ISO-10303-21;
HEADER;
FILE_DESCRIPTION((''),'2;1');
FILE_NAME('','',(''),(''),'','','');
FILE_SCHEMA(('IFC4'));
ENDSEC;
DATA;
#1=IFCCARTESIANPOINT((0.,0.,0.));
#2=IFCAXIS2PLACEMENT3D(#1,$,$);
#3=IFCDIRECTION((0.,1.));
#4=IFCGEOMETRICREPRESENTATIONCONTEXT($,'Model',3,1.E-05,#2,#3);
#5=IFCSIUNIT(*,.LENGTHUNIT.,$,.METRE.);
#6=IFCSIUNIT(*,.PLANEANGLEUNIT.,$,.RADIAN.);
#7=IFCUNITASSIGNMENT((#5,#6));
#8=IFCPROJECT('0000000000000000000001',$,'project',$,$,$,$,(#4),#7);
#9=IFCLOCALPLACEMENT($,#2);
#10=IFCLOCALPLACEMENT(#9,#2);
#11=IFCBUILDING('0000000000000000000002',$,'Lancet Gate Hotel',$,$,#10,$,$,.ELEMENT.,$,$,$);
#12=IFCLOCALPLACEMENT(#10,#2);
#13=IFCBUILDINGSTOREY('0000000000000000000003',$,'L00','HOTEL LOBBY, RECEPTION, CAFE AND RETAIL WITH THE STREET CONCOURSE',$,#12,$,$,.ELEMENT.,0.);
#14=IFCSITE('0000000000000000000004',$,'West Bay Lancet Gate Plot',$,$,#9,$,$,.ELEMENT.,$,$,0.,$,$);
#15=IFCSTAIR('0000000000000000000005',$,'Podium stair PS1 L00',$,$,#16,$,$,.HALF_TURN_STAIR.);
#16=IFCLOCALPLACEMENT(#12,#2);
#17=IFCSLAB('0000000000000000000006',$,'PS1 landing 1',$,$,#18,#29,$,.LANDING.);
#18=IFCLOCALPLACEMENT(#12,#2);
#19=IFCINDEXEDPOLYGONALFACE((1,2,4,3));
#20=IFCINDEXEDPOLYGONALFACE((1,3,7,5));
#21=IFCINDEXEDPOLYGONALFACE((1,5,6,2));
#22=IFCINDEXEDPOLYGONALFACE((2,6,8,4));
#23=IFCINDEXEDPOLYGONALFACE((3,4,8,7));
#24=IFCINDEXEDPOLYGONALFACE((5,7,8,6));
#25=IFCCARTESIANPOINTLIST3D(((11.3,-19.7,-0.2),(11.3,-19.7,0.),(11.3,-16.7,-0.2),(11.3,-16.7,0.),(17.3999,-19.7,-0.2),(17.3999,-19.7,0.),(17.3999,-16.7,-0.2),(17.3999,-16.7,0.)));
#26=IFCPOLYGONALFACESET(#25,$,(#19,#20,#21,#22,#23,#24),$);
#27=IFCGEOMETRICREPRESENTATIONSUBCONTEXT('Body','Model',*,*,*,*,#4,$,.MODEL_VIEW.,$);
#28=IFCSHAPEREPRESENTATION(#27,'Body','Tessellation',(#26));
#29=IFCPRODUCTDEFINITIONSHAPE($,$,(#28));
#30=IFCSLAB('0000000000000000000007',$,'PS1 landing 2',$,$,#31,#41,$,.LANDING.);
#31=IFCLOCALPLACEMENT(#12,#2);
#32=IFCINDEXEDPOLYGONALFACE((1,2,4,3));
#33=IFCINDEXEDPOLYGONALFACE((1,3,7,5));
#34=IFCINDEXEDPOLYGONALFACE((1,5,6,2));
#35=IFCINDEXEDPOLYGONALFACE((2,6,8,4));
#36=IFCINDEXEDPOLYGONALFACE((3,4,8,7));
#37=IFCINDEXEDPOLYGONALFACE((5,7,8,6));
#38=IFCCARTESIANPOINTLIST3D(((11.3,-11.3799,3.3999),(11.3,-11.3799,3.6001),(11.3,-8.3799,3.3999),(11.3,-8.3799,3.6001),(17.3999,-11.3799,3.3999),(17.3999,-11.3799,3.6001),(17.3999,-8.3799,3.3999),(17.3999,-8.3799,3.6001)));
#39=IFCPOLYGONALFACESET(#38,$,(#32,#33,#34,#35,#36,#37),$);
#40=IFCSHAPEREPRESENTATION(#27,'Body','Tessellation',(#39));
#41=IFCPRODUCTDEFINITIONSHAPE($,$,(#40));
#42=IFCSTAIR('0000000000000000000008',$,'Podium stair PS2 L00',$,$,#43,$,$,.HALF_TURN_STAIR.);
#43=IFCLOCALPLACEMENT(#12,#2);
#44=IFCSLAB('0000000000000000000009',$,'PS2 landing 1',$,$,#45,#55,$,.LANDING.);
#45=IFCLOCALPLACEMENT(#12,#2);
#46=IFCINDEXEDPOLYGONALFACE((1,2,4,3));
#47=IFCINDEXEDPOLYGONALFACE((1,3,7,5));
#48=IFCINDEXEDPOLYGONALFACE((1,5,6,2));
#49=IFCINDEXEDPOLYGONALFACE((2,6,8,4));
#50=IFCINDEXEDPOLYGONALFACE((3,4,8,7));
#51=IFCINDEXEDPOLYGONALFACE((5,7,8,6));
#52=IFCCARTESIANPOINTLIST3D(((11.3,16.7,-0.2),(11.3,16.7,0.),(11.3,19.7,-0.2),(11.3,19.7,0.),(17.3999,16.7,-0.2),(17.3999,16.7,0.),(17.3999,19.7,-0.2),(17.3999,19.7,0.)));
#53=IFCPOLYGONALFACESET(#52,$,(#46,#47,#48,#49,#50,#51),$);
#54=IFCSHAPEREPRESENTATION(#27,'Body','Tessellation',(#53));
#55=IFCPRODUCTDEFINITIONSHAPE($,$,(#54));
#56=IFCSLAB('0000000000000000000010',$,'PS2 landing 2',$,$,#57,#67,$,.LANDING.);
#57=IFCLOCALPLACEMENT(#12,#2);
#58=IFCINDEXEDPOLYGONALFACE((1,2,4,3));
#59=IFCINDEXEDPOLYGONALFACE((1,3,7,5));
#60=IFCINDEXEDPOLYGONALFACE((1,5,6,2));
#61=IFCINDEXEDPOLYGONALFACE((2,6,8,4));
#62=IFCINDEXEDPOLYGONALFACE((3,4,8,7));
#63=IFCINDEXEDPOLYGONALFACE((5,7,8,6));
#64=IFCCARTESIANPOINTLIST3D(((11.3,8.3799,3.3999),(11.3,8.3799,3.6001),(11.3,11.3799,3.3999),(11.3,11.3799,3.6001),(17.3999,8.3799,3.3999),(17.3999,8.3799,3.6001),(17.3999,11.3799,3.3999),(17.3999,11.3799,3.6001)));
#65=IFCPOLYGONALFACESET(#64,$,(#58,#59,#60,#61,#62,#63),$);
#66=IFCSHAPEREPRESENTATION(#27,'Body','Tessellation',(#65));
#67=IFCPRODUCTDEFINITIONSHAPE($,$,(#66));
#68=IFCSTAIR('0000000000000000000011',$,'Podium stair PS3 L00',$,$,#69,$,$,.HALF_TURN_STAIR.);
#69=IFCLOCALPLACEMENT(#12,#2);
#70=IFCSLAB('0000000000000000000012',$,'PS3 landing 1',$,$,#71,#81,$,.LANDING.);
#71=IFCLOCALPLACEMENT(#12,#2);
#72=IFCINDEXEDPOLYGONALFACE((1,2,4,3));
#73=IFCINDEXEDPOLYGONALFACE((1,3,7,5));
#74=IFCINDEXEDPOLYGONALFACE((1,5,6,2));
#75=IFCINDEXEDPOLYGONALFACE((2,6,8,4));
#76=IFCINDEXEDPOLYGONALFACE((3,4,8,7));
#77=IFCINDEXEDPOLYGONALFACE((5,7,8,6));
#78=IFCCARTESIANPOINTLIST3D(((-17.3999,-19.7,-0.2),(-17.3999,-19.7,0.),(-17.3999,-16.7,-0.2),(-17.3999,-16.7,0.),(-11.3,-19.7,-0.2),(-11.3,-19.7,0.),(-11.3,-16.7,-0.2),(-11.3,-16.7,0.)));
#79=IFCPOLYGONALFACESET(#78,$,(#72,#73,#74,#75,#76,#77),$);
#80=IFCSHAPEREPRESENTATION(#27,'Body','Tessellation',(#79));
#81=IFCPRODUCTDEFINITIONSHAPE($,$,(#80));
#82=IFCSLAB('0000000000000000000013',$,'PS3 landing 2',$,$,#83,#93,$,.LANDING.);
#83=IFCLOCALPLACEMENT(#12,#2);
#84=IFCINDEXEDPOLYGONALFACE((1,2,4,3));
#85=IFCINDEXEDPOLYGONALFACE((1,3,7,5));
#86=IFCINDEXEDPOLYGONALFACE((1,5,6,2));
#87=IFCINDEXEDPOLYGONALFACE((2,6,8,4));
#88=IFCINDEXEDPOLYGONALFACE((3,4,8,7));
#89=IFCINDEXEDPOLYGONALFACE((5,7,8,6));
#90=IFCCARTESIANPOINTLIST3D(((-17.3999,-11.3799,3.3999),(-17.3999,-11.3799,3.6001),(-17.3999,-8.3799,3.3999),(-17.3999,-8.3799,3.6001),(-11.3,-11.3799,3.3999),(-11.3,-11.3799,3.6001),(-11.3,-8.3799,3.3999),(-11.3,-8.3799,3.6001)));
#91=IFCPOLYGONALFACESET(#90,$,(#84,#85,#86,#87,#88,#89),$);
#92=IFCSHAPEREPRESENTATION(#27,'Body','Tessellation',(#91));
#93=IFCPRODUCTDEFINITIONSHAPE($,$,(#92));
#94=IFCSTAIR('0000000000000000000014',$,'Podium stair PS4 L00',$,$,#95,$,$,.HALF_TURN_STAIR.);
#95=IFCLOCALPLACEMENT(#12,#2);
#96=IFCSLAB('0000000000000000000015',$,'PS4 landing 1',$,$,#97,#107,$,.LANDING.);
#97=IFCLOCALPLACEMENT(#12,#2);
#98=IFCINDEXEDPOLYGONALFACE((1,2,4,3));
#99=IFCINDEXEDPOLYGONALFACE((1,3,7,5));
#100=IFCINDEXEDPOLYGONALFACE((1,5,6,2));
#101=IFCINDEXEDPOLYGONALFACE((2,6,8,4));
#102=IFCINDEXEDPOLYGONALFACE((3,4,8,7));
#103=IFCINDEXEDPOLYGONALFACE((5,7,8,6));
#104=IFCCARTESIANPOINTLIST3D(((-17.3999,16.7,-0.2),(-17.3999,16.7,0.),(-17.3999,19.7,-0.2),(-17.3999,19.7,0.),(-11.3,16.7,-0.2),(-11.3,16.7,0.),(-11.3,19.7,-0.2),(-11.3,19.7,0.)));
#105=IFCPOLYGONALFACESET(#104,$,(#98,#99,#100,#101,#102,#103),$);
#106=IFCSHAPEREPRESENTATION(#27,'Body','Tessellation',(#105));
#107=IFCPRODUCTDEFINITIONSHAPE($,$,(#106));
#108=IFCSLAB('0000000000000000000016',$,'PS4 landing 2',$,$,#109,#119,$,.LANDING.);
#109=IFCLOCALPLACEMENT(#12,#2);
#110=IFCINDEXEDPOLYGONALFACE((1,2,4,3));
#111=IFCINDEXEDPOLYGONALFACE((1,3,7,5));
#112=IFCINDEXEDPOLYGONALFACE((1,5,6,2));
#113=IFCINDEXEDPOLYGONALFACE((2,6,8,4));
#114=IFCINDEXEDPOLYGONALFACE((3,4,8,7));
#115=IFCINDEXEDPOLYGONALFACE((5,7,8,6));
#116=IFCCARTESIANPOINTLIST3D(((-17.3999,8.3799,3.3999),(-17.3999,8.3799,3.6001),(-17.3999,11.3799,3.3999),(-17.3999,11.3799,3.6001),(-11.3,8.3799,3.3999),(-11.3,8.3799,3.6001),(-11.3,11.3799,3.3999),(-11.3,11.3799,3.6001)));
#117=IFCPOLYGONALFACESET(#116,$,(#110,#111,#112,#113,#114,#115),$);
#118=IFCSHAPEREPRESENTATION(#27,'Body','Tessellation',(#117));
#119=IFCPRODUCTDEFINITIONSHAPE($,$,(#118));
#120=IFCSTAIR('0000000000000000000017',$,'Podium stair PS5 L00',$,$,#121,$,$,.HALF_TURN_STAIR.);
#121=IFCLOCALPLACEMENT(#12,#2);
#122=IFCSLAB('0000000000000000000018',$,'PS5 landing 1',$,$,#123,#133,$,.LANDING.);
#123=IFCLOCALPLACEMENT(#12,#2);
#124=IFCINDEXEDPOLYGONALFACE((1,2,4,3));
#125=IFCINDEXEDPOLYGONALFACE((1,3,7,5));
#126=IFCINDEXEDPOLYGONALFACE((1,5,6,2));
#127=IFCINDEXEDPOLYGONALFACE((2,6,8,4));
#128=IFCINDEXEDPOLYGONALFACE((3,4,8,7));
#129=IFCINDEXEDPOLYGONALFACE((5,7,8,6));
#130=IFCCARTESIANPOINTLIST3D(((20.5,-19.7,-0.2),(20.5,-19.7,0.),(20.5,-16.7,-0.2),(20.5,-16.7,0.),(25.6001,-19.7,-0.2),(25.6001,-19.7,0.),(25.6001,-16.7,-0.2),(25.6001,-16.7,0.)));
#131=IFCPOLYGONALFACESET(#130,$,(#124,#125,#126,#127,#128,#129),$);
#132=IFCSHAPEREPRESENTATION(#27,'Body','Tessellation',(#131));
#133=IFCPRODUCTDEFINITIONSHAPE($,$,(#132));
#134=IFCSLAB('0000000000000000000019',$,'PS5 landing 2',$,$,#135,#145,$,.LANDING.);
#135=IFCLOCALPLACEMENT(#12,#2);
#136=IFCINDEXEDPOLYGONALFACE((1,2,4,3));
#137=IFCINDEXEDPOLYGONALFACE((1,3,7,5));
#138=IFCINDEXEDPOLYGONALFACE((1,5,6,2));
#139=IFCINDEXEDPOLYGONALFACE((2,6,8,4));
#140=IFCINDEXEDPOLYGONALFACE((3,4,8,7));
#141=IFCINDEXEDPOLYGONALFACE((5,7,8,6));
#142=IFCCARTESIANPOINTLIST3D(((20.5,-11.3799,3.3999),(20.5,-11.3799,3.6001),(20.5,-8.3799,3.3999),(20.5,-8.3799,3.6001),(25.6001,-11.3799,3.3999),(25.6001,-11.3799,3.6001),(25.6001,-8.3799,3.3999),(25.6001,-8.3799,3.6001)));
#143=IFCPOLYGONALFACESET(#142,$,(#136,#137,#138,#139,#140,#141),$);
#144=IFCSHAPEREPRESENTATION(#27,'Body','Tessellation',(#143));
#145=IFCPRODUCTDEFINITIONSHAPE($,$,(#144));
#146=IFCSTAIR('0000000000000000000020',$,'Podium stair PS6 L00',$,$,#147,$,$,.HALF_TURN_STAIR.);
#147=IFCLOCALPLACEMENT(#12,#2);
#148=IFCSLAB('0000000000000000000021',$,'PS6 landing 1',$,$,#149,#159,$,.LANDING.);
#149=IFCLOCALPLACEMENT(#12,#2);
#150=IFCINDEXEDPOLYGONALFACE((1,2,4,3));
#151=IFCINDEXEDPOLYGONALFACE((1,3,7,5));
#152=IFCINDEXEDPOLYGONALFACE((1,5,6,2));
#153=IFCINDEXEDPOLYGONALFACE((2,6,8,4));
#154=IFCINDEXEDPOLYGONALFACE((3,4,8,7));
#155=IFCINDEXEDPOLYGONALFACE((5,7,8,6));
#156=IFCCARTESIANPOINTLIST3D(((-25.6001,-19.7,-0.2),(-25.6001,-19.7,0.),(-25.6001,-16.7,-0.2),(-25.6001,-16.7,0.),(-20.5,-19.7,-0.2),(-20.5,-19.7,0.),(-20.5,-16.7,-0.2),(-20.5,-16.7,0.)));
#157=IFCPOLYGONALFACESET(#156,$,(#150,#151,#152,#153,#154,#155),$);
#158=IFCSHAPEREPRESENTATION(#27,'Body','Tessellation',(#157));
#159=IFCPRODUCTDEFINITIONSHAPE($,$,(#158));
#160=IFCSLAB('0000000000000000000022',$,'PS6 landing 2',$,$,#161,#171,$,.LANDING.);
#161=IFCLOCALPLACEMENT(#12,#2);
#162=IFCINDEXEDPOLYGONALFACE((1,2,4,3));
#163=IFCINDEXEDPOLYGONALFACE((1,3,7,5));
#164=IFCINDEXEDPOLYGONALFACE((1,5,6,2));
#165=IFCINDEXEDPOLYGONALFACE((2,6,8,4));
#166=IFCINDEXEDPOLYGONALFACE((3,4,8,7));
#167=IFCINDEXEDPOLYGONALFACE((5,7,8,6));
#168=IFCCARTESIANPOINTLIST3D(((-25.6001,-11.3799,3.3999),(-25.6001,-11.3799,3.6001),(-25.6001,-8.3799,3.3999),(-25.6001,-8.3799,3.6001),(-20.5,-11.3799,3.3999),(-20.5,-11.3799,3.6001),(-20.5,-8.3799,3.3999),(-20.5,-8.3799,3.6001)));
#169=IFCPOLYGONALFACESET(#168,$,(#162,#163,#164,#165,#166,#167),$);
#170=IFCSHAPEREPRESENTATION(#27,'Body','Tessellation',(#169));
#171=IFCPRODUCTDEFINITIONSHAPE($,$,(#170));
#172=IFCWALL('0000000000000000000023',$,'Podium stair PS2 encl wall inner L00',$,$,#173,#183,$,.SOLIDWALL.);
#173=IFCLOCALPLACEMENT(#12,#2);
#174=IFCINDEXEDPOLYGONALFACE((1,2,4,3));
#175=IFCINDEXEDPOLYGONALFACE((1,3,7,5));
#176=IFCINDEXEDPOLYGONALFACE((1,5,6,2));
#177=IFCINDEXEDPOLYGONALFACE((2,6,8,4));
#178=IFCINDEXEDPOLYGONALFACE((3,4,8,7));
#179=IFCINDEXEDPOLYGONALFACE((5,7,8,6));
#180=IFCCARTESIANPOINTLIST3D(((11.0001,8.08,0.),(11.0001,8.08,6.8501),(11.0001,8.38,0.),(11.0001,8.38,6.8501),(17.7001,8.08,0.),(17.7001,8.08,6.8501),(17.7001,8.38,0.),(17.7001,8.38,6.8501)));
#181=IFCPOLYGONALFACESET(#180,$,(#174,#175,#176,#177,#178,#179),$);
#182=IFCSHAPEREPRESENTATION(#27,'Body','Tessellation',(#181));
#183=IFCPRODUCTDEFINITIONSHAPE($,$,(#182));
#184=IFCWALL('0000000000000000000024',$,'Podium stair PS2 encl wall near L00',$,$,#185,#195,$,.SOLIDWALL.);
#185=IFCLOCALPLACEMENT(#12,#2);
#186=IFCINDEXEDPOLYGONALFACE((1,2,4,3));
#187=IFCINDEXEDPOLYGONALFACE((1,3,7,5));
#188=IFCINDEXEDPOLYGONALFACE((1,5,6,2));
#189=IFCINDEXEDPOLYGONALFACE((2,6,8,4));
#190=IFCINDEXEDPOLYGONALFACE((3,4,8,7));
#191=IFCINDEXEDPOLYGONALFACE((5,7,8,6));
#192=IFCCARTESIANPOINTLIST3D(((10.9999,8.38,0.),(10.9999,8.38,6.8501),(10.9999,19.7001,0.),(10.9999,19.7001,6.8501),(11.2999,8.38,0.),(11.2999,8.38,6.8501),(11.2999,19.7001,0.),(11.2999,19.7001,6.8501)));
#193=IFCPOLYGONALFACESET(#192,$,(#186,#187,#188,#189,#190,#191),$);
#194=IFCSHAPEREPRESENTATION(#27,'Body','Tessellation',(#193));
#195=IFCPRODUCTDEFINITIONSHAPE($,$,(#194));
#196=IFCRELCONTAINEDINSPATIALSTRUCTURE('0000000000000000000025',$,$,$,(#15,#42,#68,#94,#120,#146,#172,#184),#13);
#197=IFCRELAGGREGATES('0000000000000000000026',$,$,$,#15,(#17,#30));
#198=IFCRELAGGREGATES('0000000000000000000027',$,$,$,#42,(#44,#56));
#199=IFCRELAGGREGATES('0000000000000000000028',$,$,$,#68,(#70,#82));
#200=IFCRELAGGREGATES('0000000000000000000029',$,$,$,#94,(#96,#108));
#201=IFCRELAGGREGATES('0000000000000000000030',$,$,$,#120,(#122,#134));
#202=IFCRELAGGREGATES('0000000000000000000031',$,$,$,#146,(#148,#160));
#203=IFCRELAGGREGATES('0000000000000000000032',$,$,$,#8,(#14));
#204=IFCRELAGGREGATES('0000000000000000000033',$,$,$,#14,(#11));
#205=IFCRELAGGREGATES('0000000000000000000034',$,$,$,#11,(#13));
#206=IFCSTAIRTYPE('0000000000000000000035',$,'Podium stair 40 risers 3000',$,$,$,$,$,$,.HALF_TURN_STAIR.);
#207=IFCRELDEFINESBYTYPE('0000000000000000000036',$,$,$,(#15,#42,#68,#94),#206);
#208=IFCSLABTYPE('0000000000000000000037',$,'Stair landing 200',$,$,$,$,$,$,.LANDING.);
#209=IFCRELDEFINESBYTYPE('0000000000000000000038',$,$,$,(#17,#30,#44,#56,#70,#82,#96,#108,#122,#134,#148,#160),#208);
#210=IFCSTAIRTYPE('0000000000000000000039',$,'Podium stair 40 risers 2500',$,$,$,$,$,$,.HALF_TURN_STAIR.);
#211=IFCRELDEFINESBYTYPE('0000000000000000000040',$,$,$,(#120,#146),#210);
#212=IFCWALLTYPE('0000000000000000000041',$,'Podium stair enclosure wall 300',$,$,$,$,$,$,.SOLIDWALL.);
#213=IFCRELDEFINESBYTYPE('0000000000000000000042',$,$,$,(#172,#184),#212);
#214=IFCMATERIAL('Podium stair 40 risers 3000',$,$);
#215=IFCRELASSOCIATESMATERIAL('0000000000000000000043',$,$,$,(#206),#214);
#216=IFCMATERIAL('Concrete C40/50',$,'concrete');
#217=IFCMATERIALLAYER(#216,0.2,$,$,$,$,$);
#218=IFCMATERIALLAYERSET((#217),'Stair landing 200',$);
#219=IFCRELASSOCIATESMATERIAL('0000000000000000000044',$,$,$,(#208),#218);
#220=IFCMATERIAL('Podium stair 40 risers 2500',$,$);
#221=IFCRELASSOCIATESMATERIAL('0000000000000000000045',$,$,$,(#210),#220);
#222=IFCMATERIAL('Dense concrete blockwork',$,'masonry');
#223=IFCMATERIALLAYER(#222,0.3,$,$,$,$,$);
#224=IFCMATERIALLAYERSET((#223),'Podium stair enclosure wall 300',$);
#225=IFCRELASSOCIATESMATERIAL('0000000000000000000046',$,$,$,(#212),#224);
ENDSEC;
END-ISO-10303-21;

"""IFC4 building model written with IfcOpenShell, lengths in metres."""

from ifc_helpers import new_model, si_unit, direction, frame, frame_2d, origin, place, context, subcontext, project, spatial, polyline, rectangle, outline, extrude, material, layer, layer_set, type_object, element, aggregate, save


model = new_model("IFC4")

# Units and contexts
model_context = context("Model", 3, precision=1e-05, world=origin(), true_north=direction((0.0, 1.0)))
body_context = subcontext(model_context, "Body", "Model", "MODEL_VIEW")
ifc_project = project(units=[si_unit("LENGTHUNIT", "METRE"), si_unit("PLANEANGLEUNIT", "RADIAN")], contexts=[model_context])

# Site, building, storey
site_placement = place(None, origin())
site = spatial("IfcSite", under=ifc_project, at=site_placement, Name="West Bay Lancet Gate Plot", CompositionType="ELEMENT", RefElevation=0.0)
building_placement = place(site_placement, origin())
building = spatial("IfcBuilding", under=site, at=building_placement, Name="Lancet Gate Hotel", CompositionType="ELEMENT")
storey_placement = place(building_placement, origin())
storey = spatial("IfcBuildingStorey", under=building, at=storey_placement, Name="L00", Description="HOTEL LOBBY, RECEPTION, CAFE AND RETAIL WITH THE STREET CONCOURSE", CompositionType="ELEMENT", Elevation=0.0)

# Stairs, slabs
ifc_material_1 = material(Name="Podium stair 40 risers 3000")
stair_type_1 = type_object("IfcStairType", Name="Podium stair 40 risers 3000", PredefinedType="HALF_TURN_STAIR", material=ifc_material_1)
stair_1_placement = place(storey_placement, origin())
stair_1 = element("IfcStair", 1, at=stair_1_placement, inside=storey, type_object=stair_type_1, Name="Podium stair PS1 L00", PredefinedType="HALF_TURN_STAIR")
ifc_material_2 = material(Name="Concrete C40/50", Category="concrete")
ifc_layer_1 = layer(ifc_material_2, 0.2)
ifc_layer_set_1 = layer_set([ifc_layer_1], Name="Stair landing 200")
slab_type_1 = type_object("IfcSlabType", Name="Stair landing 200", PredefinedType="LANDING", material=ifc_layer_set_1)
slab_1_placement = place(storey_placement, frame((0.0, 0.0, -0.2)))
slab_1 = element("IfcSlab", 2, at=slab_1_placement, type_object=slab_type_1, Name="PS1 landing 1", PredefinedType="LANDING", context=body_context, shape_type="SweptSolid", body=[
    extrude(outline(polyline([(11.3, -19.7), (17.3999, -19.7), (17.3999, -16.7), (11.3, -16.7), (11.3, -19.7)])), origin(), (0.0, 0.0, 1.0), 0.2),
])
slab_2_placement = place(storey_placement, frame((0.0, 0.0, 3.3999)))
slab_2 = element("IfcSlab", 3, at=slab_2_placement, type_object=slab_type_1, Name="PS1 landing 2", PredefinedType="LANDING", context=body_context, shape_type="SweptSolid", body=[
    extrude(outline(polyline([(11.3, -11.3799), (17.3999, -11.3799), (17.3999, -8.3799), (11.3, -8.3799), (11.3, -11.3799)])), origin(), (0.0, 0.0, 1.0), 0.2002),
])
aggregate(stair_1, [slab_1, slab_2])
stair_2_placement = place(storey_placement, origin())
stair_2 = element("IfcStair", 4, at=stair_2_placement, inside=storey, type_object=stair_type_1, Name="Podium stair PS2 L00", PredefinedType="HALF_TURN_STAIR")
slab_3_placement = place(storey_placement, frame((0.0, 0.0, -0.2)))
slab_3 = element("IfcSlab", 5, at=slab_3_placement, type_object=slab_type_1, Name="PS2 landing 1", PredefinedType="LANDING", context=body_context, shape_type="SweptSolid", body=[
    extrude(outline(polyline([(11.3, 16.7), (17.3999, 16.7), (17.3999, 19.7), (11.3, 19.7), (11.3, 16.7)])), origin(), (0.0, 0.0, 1.0), 0.2),
])
slab_4_placement = place(storey_placement, frame((0.0, 0.0, 3.3999)))
slab_4 = element("IfcSlab", 6, at=slab_4_placement, type_object=slab_type_1, Name="PS2 landing 2", PredefinedType="LANDING", context=body_context, shape_type="SweptSolid", body=[
    extrude(outline(polyline([(11.3, 8.3799), (17.3999, 8.3799), (17.3999, 11.3799), (11.3, 11.3799), (11.3, 8.3799)])), origin(), (0.0, 0.0, 1.0), 0.2002),
])
aggregate(stair_2, [slab_3, slab_4])
stair_3_placement = place(storey_placement, origin())
stair_3 = element("IfcStair", 7, at=stair_3_placement, inside=storey, type_object=stair_type_1, Name="Podium stair PS3 L00", PredefinedType="HALF_TURN_STAIR")
slab_5_placement = place(storey_placement, frame((0.0, 0.0, -0.2)))
slab_5 = element("IfcSlab", 8, at=slab_5_placement, type_object=slab_type_1, Name="PS3 landing 1", PredefinedType="LANDING", context=body_context, shape_type="SweptSolid", body=[
    extrude(outline(polyline([(-17.3999, -19.7), (-11.3, -19.7), (-11.3, -16.7), (-17.3999, -16.7), (-17.3999, -19.7)])), origin(), (0.0, 0.0, 1.0), 0.2),
])
slab_6_placement = place(storey_placement, frame((0.0, 0.0, 3.3999)))
slab_6 = element("IfcSlab", 9, at=slab_6_placement, type_object=slab_type_1, Name="PS3 landing 2", PredefinedType="LANDING", context=body_context, shape_type="SweptSolid", body=[
    extrude(outline(polyline([(-17.3999, -11.3799), (-11.3, -11.3799), (-11.3, -8.3799), (-17.3999, -8.3799), (-17.3999, -11.3799)])), origin(), (0.0, 0.0, 1.0), 0.2002),
])
aggregate(stair_3, [slab_5, slab_6])
stair_4_placement = place(storey_placement, origin())
stair_4 = element("IfcStair", 10, at=stair_4_placement, inside=storey, type_object=stair_type_1, Name="Podium stair PS4 L00", PredefinedType="HALF_TURN_STAIR")
slab_7_placement = place(storey_placement, frame((0.0, 0.0, -0.2)))
slab_7 = element("IfcSlab", 11, at=slab_7_placement, type_object=slab_type_1, Name="PS4 landing 1", PredefinedType="LANDING", context=body_context, shape_type="SweptSolid", body=[
    extrude(outline(polyline([(-17.3999, 16.7), (-11.3, 16.7), (-11.3, 19.7), (-17.3999, 19.7), (-17.3999, 16.7)])), origin(), (0.0, 0.0, 1.0), 0.2),
])
slab_8_placement = place(storey_placement, frame((0.0, 0.0, 3.3999)))
slab_8 = element("IfcSlab", 12, at=slab_8_placement, type_object=slab_type_1, Name="PS4 landing 2", PredefinedType="LANDING", context=body_context, shape_type="SweptSolid", body=[
    extrude(outline(polyline([(-17.3999, 8.3799), (-11.3, 8.3799), (-11.3, 11.3799), (-17.3999, 11.3799), (-17.3999, 8.3799)])), origin(), (0.0, 0.0, 1.0), 0.2002),
])
aggregate(stair_4, [slab_7, slab_8])
ifc_material_3 = material(Name="Podium stair 40 risers 2500")
stair_type_2 = type_object("IfcStairType", Name="Podium stair 40 risers 2500", PredefinedType="HALF_TURN_STAIR", material=ifc_material_3)
stair_5_placement = place(storey_placement, origin())
stair_5 = element("IfcStair", 13, at=stair_5_placement, inside=storey, type_object=stair_type_2, Name="Podium stair PS5 L00", PredefinedType="HALF_TURN_STAIR")
slab_9_placement = place(storey_placement, frame((0.0, 0.0, -0.2)))
slab_9 = element("IfcSlab", 14, at=slab_9_placement, type_object=slab_type_1, Name="PS5 landing 1", PredefinedType="LANDING", context=body_context, shape_type="SweptSolid", body=[
    extrude(outline(polyline([(20.5, -19.7), (25.6001, -19.7), (25.6001, -16.7), (20.5, -16.7), (20.5, -19.7)])), origin(), (0.0, 0.0, 1.0), 0.2),
])
slab_10_placement = place(storey_placement, frame((0.0, 0.0, 3.3999)))
slab_10 = element("IfcSlab", 15, at=slab_10_placement, type_object=slab_type_1, Name="PS5 landing 2", PredefinedType="LANDING", context=body_context, shape_type="SweptSolid", body=[
    extrude(outline(polyline([(20.5, -11.3799), (25.6001, -11.3799), (25.6001, -8.3799), (20.5, -8.3799), (20.5, -11.3799)])), origin(), (0.0, 0.0, 1.0), 0.2002),
])
aggregate(stair_5, [slab_9, slab_10])
stair_6_placement = place(storey_placement, origin())
stair_6 = element("IfcStair", 16, at=stair_6_placement, inside=storey, type_object=stair_type_2, Name="Podium stair PS6 L00", PredefinedType="HALF_TURN_STAIR")
slab_11_placement = place(storey_placement, frame((0.0, 0.0, -0.2)))
slab_11 = element("IfcSlab", 17, at=slab_11_placement, type_object=slab_type_1, Name="PS6 landing 1", PredefinedType="LANDING", context=body_context, shape_type="SweptSolid", body=[
    extrude(outline(polyline([(-25.6001, -19.7), (-20.5, -19.7), (-20.5, -16.7), (-25.6001, -16.7), (-25.6001, -19.7)])), origin(), (0.0, 0.0, 1.0), 0.2),
])
slab_12_placement = place(storey_placement, frame((0.0, 0.0, 3.3999)))
slab_12 = element("IfcSlab", 18, at=slab_12_placement, type_object=slab_type_1, Name="PS6 landing 2", PredefinedType="LANDING", context=body_context, shape_type="SweptSolid", body=[
    extrude(outline(polyline([(-25.6001, -11.3799), (-20.5, -11.3799), (-20.5, -8.3799), (-25.6001, -8.3799), (-25.6001, -11.3799)])), origin(), (0.0, 0.0, 1.0), 0.2002),
])
aggregate(stair_6, [slab_11, slab_12])

# Walls
ifc_material_4 = material(Name="Dense concrete blockwork", Category="masonry")
ifc_layer_2 = layer(ifc_material_4, 0.3)
ifc_layer_set_2 = layer_set([ifc_layer_2], Name="Podium stair enclosure wall 300")
wall_type = type_object("IfcWallType", Name="Podium stair enclosure wall 300", PredefinedType="SOLIDWALL", material=ifc_layer_set_2)
wall_1_placement = place(storey_placement, frame((11.0, 8.23, 0.0), z_axis=(0.0, 0.0, 1.0), x_axis=(1.0, 0.0, 0.0)))
element("IfcWall", 19, at=wall_1_placement, inside=storey, type_object=wall_type, Name="Podium stair PS2 encl wall inner L00", PredefinedType="SOLIDWALL", context=body_context, shape_type="SweptSolid", body=[
    extrude(rectangle(XDim=6.7, YDim=0.3, at=frame_2d((3.3501, 0.0))), origin(), (0.0, 0.0, 1.0), 6.8501),
])
wall_2_placement = place(storey_placement, frame((11.1499, 8.3799, 0.0), z_axis=(0.0, 0.0, 1.0), x_axis=(0.0, 1.0, 0.0)))
element("IfcWall", 20, at=wall_2_placement, inside=storey, type_object=wall_type, Name="Podium stair PS2 encl wall near L00", PredefinedType="SOLIDWALL", context=body_context, shape_type="SweptSolid", body=[
    extrude(rectangle(XDim=11.3201, YDim=0.3, at=frame_2d((5.6602, 0.0))), origin(), (0.0, 0.0, 1.0), 6.8501),
])

save(model, "model.ifc")
